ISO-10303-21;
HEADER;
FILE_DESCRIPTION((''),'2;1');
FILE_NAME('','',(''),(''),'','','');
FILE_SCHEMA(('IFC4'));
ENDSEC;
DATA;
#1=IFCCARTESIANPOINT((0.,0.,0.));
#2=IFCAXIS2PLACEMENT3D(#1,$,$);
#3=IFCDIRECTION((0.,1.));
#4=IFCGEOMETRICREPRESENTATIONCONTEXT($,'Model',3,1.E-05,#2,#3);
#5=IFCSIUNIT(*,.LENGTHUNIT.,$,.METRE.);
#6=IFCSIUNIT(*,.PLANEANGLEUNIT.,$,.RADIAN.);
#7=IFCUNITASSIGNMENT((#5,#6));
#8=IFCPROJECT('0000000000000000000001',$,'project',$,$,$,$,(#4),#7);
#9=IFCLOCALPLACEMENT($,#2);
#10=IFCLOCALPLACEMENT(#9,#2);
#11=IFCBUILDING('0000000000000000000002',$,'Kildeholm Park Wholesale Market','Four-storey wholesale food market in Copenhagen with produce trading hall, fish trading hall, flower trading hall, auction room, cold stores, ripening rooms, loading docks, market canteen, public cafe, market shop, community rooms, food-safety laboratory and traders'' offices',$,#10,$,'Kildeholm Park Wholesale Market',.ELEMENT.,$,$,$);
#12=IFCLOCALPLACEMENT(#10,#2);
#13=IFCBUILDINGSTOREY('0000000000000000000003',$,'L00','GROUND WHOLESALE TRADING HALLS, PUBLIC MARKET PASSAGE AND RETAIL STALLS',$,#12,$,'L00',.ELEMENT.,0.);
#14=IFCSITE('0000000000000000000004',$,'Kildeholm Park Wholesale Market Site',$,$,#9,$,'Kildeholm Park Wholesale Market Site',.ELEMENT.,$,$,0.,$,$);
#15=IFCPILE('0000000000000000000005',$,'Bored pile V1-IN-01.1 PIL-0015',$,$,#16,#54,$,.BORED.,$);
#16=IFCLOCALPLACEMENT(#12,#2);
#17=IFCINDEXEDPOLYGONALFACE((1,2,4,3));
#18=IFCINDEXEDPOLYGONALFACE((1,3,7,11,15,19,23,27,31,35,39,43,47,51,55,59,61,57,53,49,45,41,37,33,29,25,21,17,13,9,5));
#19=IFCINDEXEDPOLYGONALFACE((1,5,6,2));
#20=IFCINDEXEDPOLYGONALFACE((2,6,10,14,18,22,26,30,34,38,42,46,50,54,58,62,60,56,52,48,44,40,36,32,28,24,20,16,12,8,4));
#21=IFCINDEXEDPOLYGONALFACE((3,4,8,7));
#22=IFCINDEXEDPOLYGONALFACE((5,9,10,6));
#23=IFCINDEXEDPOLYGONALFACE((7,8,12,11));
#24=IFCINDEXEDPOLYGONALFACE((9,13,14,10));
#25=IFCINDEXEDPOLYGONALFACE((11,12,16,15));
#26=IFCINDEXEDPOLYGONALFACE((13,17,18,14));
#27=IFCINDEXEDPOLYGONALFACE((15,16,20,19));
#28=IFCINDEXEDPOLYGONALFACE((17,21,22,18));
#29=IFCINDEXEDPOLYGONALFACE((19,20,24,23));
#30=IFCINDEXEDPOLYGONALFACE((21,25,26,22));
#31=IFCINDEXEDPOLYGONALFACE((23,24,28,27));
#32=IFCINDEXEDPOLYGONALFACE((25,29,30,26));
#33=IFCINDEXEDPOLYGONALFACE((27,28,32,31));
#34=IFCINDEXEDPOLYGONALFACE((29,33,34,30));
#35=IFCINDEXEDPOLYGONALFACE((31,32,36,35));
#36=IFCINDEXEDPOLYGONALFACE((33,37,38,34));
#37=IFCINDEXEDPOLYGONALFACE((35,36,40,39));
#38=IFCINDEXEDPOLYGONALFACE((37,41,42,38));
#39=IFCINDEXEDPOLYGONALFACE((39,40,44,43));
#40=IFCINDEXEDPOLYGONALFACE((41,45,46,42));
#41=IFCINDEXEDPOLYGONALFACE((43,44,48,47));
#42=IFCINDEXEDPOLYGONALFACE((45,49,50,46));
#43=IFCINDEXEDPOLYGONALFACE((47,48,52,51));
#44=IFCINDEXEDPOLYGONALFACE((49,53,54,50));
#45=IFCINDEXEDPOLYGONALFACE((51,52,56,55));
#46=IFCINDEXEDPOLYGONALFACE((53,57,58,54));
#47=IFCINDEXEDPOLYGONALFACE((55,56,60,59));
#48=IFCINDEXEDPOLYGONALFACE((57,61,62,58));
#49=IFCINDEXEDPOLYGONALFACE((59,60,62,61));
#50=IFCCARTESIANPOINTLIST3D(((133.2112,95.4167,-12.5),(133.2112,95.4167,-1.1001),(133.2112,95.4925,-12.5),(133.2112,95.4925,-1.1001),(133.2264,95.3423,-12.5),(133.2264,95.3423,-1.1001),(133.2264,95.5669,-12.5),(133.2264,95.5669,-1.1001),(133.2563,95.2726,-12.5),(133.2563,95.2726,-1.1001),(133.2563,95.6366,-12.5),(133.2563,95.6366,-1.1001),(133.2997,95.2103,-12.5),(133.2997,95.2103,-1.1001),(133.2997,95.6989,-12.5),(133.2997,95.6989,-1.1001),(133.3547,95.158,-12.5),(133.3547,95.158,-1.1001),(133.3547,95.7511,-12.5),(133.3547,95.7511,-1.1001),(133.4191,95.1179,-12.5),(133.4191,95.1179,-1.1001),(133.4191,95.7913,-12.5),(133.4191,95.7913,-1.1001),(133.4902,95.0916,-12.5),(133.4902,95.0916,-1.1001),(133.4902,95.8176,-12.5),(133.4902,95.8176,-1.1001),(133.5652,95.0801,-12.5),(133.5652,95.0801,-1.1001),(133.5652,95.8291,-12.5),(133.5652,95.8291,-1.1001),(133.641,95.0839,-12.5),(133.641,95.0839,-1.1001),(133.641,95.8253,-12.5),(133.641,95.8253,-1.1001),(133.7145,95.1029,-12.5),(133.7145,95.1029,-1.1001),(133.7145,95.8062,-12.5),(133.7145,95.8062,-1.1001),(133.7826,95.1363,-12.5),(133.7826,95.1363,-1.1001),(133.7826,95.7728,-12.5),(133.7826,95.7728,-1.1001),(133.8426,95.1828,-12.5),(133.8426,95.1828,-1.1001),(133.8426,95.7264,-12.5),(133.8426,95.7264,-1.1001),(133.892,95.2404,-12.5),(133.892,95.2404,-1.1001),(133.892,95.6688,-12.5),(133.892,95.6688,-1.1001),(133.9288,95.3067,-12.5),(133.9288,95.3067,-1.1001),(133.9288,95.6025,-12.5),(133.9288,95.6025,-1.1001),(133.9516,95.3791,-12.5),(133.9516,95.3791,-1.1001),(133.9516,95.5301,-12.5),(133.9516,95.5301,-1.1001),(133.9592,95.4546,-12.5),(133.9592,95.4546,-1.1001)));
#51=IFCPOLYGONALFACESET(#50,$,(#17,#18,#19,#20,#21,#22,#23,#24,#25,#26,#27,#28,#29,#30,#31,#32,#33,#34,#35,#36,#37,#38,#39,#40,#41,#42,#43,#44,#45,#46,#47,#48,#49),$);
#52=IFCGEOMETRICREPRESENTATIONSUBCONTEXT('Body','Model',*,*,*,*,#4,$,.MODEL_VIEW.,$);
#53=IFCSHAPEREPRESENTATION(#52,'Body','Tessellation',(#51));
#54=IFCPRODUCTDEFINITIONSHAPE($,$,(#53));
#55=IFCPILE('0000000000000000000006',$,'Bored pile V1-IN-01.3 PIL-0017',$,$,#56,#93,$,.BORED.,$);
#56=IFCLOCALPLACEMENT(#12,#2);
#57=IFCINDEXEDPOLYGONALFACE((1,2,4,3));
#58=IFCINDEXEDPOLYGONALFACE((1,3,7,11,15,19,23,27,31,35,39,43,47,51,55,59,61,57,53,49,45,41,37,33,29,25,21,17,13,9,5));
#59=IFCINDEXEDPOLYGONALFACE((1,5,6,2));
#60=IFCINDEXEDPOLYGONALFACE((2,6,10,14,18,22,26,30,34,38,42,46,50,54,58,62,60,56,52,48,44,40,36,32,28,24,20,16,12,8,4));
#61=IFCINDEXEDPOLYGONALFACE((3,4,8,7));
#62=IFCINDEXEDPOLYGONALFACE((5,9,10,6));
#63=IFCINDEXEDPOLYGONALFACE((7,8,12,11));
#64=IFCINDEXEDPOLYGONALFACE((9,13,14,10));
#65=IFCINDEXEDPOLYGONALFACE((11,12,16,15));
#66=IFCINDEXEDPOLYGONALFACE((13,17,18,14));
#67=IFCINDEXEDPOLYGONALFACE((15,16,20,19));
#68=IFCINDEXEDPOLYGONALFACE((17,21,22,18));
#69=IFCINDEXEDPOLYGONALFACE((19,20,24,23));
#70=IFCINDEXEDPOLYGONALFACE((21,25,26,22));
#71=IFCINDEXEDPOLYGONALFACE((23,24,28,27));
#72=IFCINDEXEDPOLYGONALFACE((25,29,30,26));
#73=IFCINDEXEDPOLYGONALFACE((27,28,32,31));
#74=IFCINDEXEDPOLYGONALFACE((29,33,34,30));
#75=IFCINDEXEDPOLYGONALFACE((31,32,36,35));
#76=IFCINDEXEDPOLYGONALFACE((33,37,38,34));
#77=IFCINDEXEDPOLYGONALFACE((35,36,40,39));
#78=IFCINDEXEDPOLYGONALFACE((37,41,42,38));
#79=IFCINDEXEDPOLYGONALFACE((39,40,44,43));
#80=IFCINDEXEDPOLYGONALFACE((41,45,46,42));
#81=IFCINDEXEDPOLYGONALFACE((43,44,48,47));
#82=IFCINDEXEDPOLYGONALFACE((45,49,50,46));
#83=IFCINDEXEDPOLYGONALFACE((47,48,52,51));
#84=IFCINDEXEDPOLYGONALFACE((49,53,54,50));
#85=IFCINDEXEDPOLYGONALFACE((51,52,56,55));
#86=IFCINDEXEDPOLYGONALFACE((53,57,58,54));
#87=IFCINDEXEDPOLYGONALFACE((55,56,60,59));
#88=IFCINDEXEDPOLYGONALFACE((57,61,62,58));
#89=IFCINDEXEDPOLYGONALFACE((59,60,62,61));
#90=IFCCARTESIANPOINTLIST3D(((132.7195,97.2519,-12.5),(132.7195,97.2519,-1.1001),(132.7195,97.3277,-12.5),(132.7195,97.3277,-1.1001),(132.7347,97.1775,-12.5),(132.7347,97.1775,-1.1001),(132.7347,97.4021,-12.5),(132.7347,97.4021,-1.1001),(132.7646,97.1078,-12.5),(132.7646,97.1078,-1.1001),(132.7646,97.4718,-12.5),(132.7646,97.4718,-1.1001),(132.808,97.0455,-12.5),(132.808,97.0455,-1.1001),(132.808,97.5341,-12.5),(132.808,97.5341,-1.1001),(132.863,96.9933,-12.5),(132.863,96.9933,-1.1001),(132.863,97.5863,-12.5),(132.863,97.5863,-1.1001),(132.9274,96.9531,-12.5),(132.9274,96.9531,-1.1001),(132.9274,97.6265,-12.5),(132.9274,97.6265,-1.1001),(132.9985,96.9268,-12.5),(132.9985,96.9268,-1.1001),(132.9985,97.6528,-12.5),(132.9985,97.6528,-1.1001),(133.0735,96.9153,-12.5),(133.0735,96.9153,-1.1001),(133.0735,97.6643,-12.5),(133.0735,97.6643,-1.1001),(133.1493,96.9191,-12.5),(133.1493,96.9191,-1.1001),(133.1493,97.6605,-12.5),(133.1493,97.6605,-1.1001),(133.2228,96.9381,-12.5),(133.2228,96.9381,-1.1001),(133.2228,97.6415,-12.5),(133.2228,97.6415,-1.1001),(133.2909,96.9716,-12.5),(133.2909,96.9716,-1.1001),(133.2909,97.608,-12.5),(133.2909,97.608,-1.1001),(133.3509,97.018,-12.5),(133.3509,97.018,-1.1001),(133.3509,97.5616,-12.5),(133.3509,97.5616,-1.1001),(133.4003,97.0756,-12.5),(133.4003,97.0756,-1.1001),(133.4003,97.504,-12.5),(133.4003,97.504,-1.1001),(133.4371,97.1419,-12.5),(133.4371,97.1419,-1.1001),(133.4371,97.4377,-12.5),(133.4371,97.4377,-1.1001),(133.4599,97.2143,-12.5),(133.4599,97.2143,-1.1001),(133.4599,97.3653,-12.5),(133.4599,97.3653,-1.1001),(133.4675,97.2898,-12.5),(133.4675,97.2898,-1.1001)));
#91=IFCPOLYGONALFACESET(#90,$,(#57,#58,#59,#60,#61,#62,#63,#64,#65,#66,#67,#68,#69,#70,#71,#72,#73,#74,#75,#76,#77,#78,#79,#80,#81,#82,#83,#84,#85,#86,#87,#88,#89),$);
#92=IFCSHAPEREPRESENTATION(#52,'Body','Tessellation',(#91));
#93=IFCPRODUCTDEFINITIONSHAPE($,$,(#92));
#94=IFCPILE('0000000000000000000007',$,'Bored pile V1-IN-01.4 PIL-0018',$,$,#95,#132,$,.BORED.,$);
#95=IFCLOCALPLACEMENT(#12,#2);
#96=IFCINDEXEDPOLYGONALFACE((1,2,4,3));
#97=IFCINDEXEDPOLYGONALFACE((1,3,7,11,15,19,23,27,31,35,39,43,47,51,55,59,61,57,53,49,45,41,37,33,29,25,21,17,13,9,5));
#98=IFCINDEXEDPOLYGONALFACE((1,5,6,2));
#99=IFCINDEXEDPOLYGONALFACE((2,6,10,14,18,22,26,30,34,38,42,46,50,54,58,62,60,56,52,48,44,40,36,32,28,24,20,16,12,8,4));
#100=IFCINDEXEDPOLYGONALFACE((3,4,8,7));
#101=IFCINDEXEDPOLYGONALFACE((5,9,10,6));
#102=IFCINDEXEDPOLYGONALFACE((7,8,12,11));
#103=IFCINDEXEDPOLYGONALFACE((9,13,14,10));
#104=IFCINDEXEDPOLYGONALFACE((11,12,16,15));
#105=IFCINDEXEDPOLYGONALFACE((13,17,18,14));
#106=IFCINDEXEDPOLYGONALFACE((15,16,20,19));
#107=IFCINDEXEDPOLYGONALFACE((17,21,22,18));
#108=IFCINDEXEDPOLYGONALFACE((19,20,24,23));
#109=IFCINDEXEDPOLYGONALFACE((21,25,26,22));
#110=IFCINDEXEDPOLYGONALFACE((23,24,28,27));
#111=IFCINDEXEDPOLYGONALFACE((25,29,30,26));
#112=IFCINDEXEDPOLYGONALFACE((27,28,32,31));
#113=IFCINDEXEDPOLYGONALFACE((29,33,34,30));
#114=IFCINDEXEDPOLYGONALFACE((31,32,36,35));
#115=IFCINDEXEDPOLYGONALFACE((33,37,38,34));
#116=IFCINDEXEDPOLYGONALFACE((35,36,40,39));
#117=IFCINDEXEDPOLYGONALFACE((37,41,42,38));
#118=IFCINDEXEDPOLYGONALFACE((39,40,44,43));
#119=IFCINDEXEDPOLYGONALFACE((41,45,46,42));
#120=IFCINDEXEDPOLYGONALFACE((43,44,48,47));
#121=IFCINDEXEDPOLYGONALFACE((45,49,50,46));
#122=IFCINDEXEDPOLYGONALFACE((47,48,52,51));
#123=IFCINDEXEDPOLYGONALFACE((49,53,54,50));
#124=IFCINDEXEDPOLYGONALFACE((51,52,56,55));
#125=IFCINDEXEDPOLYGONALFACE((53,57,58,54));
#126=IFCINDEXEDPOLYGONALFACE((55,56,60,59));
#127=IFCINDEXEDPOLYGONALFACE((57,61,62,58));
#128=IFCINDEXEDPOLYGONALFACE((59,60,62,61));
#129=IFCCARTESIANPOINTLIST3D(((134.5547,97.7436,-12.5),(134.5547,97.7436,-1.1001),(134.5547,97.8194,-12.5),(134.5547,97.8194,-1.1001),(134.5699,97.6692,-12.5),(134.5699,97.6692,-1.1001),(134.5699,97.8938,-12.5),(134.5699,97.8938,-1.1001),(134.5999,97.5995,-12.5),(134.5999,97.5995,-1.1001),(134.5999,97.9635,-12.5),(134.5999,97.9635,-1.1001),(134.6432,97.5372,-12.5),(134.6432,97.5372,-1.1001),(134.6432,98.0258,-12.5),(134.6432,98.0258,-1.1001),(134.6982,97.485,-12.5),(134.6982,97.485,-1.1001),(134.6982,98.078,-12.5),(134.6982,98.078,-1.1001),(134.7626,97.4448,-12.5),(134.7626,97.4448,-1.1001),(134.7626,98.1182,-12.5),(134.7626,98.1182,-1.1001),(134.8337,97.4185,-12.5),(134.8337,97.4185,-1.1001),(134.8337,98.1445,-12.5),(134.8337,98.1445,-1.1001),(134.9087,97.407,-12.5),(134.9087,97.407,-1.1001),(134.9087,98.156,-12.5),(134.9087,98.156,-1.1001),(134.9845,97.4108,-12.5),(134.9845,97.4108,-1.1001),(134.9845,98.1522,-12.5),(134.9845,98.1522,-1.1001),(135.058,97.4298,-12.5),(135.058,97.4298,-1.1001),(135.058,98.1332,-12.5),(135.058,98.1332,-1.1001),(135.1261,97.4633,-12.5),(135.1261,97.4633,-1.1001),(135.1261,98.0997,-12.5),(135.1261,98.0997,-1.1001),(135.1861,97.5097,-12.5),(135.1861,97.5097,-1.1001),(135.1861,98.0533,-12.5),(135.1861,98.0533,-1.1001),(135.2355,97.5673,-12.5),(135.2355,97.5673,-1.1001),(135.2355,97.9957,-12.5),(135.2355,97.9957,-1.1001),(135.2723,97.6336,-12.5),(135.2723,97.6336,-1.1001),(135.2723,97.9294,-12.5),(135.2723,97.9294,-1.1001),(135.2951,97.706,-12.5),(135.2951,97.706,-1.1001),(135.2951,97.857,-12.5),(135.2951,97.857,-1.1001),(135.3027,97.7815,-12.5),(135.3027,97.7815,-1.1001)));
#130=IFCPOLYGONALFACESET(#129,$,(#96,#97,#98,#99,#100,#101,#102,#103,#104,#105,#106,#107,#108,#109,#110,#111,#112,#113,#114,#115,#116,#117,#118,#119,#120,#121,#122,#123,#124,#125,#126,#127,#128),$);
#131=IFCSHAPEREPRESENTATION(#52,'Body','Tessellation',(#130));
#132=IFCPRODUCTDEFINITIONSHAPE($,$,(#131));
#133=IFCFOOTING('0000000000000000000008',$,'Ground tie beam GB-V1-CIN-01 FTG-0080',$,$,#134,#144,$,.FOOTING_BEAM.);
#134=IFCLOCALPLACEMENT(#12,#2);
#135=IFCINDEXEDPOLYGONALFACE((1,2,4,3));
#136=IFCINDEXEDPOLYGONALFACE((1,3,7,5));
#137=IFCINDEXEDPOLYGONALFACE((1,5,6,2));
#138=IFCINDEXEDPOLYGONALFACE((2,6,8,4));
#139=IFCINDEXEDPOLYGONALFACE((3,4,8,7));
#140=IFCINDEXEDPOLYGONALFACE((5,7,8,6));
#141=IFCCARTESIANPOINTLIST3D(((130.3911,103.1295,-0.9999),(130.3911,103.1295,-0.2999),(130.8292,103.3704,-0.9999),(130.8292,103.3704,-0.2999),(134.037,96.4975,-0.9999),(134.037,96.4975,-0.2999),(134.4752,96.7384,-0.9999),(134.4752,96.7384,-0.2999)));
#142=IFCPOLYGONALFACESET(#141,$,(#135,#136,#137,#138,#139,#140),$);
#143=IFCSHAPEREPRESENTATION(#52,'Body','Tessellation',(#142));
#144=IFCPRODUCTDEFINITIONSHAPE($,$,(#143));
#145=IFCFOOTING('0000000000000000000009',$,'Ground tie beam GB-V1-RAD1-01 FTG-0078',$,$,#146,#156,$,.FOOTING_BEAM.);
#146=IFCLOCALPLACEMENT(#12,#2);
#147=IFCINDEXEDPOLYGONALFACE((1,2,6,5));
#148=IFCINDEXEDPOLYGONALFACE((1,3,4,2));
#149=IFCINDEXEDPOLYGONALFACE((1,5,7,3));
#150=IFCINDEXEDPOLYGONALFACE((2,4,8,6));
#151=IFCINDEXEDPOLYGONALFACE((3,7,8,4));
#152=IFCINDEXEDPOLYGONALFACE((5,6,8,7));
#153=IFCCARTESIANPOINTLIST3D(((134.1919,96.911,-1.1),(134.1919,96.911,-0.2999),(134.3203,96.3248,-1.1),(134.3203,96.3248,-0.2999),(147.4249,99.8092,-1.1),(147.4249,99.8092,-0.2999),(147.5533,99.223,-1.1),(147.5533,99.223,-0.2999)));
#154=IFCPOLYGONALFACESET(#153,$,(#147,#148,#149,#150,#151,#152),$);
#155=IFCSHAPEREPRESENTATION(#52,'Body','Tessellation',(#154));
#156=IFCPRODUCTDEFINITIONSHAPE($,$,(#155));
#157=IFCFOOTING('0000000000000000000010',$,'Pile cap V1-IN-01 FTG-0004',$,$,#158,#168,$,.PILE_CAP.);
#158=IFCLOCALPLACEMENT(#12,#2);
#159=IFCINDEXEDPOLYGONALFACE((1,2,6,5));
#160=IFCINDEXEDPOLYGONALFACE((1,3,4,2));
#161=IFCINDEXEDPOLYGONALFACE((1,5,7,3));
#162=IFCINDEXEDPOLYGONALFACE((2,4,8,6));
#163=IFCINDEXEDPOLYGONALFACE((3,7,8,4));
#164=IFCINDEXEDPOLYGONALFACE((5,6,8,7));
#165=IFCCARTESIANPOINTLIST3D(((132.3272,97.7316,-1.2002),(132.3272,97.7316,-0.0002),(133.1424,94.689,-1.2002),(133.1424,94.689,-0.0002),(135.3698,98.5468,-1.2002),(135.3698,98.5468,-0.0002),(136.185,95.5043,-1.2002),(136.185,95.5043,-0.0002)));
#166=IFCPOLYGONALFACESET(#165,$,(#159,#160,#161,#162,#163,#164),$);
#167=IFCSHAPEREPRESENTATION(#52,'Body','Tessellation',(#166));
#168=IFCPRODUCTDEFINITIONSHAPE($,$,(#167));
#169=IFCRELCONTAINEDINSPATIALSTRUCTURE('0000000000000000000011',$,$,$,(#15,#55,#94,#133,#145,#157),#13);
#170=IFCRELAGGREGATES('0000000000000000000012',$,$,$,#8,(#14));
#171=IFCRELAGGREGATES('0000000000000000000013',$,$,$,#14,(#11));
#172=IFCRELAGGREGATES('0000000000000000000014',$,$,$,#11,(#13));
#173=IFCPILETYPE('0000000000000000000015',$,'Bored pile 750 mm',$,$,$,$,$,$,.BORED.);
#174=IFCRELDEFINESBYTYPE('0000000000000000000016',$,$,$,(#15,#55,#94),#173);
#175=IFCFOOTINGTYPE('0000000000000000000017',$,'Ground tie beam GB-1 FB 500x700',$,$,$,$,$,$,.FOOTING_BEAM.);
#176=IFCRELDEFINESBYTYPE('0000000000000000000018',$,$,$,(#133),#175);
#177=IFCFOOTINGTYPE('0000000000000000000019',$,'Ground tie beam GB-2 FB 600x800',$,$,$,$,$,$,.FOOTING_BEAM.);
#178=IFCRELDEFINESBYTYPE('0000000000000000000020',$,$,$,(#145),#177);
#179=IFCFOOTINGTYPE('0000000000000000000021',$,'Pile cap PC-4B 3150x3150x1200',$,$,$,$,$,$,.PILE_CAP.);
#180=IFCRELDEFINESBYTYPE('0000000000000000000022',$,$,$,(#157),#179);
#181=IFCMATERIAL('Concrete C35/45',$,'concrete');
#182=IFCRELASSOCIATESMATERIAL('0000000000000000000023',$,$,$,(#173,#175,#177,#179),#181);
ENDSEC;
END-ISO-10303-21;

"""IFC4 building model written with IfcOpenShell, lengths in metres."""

from ifc_helpers import new_model, si_unit, direction, frame, origin, origin_2d, place, context, subcontext, project, spatial, rectangle, circle, extrude, material, material_profile, profile_set, type_object, element, save


model = new_model("IFC4")

# Units and contexts
model_context = context("Model", 3, precision=1e-05, world=origin(), true_north=direction((0.0, 1.0)))
body_context = subcontext(model_context, "Body", "Model", "MODEL_VIEW")
ifc_project = project(units=[si_unit("LENGTHUNIT", "METRE"), si_unit("PLANEANGLEUNIT", "RADIAN")], contexts=[model_context])

# Site, building, storey
site_placement = place(None, origin())
site = spatial("IfcSite", under=ifc_project, at=site_placement, Name="Kildeholm Park Wholesale Market Site", LongName="Kildeholm Park Wholesale Market Site", CompositionType="ELEMENT", RefElevation=0.0)
building_placement = place(site_placement, origin())
building = spatial("IfcBuilding", under=site, at=building_placement, Name="Kildeholm Park Wholesale Market", Description="Four-storey wholesale food market in Copenhagen with produce trading hall, fish trading hall, flower trading hall, auction room, cold stores, ripening rooms, loading docks, market canteen, public cafe, market shop, community rooms, food-safety laboratory and traders' offices", LongName="Kildeholm Park Wholesale Market", CompositionType="ELEMENT")
storey_placement = place(building_placement, origin())
storey = spatial("IfcBuildingStorey", under=building, at=storey_placement, Name="L00", Description="GROUND WHOLESALE TRADING HALLS, PUBLIC MARKET PASSAGE AND RETAIL STALLS", LongName="L00", CompositionType="ELEMENT", Elevation=0.0)

# Piles
ifc_material_1 = material(Name="Concrete C35/45", Category="concrete")
ifc_material_profile_1 = material_profile(ifc_material_1, circle(Radius=0.375, at=origin_2d()), Name="PILE D750")
ifc_profile_set_1 = profile_set([ifc_material_profile_1], Name="Concrete C35/45")
pile_type = type_object("IfcPileType", Name="Bored pile 750 mm", PredefinedType="BORED", material=ifc_profile_set_1)
for number, where, z_axis, x_axis, name in (
    (1, (133.5842, 95.4546, -1.1001), (0.0, 0.0, -1.0), (1.0, 0.0, 0.0), "Bored pile V1-IN-01.1 PIL-0015"),
    (2, (133.0925, 97.2898, -1.1001), (0.0, 0.0, -1.0), (1.0, 0.0, 0.0), "Bored pile V1-IN-01.3 PIL-0017"),
    (3, (134.9277, 97.7815, -1.1001), (0.0, 0.0, -1.0), (1.0, 0.0, 0.0), "Bored pile V1-IN-01.4 PIL-0018"),
):
    element("IfcPile", number, at=place(storey_placement, frame(where, z_axis=z_axis, x_axis=x_axis)), inside=storey, type_object=pile_type, Name=name, PredefinedType="BORED", context=body_context, shape_type="SweptSolid", body=[
        extrude(circle(Radius=0.375, at=origin_2d()), origin(), (0.0, 0.0, 1.0), 11.3999),
    ])

# Footings
ifc_material_profile_2 = material_profile(ifc_material_1, rectangle(XDim=0.5, YDim=0.7, at=origin_2d()), Name="FB 500x700")
ifc_profile_set_2 = profile_set([ifc_material_profile_2], Name="Concrete C35/45")
footing_type_1 = type_object("IfcFootingType", Name="Ground tie beam GB-1 FB 500x700", PredefinedType="FOOTING_BEAM", material=ifc_profile_set_2)
footing_1_placement = place(storey_placement, frame((134.2561, 96.6179, -0.6499), z_axis=(-0.481752, 0.876308, 0.0), x_axis=(-0.876308, -0.481752, 0.0)))
element("IfcFooting", 4, at=footing_1_placement, inside=storey, type_object=footing_type_1, Name="Ground tie beam GB-V1-CIN-01 FTG-0080", PredefinedType="FOOTING_BEAM", context=body_context, shape_type="SweptSolid", body=[
    extrude(rectangle(XDim=0.5, YDim=0.7, at=origin_2d()), origin(), (0.0, 0.0, 1.0), 7.5681),
])
ifc_material_profile_3 = material_profile(ifc_material_1, rectangle(XDim=0.6001, YDim=0.8, at=origin_2d()), Name="FB 600x800")
ifc_profile_set_3 = profile_set([ifc_material_profile_3], Name="Concrete C35/45")
footing_type_2 = type_object("IfcFootingType", Name="Ground tie beam GB-2 FB 600x800", PredefinedType="FOOTING_BEAM", material=ifc_profile_set_3)
footing_2_placement = place(storey_placement, frame((134.2561, 96.6179, -0.7), z_axis=(0.976846, 0.213943, 0.0), x_axis=(-0.213943, 0.976846, 0.0)))
element("IfcFooting", 5, at=footing_2_placement, inside=storey, type_object=footing_type_2, Name="Ground tie beam GB-V1-RAD1-01 FTG-0078", PredefinedType="FOOTING_BEAM", context=body_context, shape_type="SweptSolid", body=[
    extrude(rectangle(XDim=0.6001, YDim=0.8, at=origin_2d()), origin(), (0.0, 0.0, 1.0), 13.5466),
])
footing_type_3 = type_object("IfcFootingType", Name="Pile cap PC-4B 3150x3150x1200", PredefinedType="PILE_CAP", material=ifc_material_1)
footing_3_placement = place(storey_placement, frame((134.2561, 96.6179, -1.2002), z_axis=(0.0, 0.0, 1.0), x_axis=(0.965926, 0.258819, 0.0)))
element("IfcFooting", 6, at=footing_3_placement, inside=storey, type_object=footing_type_3, Name="Pile cap V1-IN-01 FTG-0004", PredefinedType="PILE_CAP", context=body_context, shape_type="SweptSolid", body=[
    extrude(rectangle(XDim=3.1499, YDim=3.1499, at=origin_2d()), origin(), (0.0, 0.0, 1.0), 1.2),
])

save(model, "model.ifc")
